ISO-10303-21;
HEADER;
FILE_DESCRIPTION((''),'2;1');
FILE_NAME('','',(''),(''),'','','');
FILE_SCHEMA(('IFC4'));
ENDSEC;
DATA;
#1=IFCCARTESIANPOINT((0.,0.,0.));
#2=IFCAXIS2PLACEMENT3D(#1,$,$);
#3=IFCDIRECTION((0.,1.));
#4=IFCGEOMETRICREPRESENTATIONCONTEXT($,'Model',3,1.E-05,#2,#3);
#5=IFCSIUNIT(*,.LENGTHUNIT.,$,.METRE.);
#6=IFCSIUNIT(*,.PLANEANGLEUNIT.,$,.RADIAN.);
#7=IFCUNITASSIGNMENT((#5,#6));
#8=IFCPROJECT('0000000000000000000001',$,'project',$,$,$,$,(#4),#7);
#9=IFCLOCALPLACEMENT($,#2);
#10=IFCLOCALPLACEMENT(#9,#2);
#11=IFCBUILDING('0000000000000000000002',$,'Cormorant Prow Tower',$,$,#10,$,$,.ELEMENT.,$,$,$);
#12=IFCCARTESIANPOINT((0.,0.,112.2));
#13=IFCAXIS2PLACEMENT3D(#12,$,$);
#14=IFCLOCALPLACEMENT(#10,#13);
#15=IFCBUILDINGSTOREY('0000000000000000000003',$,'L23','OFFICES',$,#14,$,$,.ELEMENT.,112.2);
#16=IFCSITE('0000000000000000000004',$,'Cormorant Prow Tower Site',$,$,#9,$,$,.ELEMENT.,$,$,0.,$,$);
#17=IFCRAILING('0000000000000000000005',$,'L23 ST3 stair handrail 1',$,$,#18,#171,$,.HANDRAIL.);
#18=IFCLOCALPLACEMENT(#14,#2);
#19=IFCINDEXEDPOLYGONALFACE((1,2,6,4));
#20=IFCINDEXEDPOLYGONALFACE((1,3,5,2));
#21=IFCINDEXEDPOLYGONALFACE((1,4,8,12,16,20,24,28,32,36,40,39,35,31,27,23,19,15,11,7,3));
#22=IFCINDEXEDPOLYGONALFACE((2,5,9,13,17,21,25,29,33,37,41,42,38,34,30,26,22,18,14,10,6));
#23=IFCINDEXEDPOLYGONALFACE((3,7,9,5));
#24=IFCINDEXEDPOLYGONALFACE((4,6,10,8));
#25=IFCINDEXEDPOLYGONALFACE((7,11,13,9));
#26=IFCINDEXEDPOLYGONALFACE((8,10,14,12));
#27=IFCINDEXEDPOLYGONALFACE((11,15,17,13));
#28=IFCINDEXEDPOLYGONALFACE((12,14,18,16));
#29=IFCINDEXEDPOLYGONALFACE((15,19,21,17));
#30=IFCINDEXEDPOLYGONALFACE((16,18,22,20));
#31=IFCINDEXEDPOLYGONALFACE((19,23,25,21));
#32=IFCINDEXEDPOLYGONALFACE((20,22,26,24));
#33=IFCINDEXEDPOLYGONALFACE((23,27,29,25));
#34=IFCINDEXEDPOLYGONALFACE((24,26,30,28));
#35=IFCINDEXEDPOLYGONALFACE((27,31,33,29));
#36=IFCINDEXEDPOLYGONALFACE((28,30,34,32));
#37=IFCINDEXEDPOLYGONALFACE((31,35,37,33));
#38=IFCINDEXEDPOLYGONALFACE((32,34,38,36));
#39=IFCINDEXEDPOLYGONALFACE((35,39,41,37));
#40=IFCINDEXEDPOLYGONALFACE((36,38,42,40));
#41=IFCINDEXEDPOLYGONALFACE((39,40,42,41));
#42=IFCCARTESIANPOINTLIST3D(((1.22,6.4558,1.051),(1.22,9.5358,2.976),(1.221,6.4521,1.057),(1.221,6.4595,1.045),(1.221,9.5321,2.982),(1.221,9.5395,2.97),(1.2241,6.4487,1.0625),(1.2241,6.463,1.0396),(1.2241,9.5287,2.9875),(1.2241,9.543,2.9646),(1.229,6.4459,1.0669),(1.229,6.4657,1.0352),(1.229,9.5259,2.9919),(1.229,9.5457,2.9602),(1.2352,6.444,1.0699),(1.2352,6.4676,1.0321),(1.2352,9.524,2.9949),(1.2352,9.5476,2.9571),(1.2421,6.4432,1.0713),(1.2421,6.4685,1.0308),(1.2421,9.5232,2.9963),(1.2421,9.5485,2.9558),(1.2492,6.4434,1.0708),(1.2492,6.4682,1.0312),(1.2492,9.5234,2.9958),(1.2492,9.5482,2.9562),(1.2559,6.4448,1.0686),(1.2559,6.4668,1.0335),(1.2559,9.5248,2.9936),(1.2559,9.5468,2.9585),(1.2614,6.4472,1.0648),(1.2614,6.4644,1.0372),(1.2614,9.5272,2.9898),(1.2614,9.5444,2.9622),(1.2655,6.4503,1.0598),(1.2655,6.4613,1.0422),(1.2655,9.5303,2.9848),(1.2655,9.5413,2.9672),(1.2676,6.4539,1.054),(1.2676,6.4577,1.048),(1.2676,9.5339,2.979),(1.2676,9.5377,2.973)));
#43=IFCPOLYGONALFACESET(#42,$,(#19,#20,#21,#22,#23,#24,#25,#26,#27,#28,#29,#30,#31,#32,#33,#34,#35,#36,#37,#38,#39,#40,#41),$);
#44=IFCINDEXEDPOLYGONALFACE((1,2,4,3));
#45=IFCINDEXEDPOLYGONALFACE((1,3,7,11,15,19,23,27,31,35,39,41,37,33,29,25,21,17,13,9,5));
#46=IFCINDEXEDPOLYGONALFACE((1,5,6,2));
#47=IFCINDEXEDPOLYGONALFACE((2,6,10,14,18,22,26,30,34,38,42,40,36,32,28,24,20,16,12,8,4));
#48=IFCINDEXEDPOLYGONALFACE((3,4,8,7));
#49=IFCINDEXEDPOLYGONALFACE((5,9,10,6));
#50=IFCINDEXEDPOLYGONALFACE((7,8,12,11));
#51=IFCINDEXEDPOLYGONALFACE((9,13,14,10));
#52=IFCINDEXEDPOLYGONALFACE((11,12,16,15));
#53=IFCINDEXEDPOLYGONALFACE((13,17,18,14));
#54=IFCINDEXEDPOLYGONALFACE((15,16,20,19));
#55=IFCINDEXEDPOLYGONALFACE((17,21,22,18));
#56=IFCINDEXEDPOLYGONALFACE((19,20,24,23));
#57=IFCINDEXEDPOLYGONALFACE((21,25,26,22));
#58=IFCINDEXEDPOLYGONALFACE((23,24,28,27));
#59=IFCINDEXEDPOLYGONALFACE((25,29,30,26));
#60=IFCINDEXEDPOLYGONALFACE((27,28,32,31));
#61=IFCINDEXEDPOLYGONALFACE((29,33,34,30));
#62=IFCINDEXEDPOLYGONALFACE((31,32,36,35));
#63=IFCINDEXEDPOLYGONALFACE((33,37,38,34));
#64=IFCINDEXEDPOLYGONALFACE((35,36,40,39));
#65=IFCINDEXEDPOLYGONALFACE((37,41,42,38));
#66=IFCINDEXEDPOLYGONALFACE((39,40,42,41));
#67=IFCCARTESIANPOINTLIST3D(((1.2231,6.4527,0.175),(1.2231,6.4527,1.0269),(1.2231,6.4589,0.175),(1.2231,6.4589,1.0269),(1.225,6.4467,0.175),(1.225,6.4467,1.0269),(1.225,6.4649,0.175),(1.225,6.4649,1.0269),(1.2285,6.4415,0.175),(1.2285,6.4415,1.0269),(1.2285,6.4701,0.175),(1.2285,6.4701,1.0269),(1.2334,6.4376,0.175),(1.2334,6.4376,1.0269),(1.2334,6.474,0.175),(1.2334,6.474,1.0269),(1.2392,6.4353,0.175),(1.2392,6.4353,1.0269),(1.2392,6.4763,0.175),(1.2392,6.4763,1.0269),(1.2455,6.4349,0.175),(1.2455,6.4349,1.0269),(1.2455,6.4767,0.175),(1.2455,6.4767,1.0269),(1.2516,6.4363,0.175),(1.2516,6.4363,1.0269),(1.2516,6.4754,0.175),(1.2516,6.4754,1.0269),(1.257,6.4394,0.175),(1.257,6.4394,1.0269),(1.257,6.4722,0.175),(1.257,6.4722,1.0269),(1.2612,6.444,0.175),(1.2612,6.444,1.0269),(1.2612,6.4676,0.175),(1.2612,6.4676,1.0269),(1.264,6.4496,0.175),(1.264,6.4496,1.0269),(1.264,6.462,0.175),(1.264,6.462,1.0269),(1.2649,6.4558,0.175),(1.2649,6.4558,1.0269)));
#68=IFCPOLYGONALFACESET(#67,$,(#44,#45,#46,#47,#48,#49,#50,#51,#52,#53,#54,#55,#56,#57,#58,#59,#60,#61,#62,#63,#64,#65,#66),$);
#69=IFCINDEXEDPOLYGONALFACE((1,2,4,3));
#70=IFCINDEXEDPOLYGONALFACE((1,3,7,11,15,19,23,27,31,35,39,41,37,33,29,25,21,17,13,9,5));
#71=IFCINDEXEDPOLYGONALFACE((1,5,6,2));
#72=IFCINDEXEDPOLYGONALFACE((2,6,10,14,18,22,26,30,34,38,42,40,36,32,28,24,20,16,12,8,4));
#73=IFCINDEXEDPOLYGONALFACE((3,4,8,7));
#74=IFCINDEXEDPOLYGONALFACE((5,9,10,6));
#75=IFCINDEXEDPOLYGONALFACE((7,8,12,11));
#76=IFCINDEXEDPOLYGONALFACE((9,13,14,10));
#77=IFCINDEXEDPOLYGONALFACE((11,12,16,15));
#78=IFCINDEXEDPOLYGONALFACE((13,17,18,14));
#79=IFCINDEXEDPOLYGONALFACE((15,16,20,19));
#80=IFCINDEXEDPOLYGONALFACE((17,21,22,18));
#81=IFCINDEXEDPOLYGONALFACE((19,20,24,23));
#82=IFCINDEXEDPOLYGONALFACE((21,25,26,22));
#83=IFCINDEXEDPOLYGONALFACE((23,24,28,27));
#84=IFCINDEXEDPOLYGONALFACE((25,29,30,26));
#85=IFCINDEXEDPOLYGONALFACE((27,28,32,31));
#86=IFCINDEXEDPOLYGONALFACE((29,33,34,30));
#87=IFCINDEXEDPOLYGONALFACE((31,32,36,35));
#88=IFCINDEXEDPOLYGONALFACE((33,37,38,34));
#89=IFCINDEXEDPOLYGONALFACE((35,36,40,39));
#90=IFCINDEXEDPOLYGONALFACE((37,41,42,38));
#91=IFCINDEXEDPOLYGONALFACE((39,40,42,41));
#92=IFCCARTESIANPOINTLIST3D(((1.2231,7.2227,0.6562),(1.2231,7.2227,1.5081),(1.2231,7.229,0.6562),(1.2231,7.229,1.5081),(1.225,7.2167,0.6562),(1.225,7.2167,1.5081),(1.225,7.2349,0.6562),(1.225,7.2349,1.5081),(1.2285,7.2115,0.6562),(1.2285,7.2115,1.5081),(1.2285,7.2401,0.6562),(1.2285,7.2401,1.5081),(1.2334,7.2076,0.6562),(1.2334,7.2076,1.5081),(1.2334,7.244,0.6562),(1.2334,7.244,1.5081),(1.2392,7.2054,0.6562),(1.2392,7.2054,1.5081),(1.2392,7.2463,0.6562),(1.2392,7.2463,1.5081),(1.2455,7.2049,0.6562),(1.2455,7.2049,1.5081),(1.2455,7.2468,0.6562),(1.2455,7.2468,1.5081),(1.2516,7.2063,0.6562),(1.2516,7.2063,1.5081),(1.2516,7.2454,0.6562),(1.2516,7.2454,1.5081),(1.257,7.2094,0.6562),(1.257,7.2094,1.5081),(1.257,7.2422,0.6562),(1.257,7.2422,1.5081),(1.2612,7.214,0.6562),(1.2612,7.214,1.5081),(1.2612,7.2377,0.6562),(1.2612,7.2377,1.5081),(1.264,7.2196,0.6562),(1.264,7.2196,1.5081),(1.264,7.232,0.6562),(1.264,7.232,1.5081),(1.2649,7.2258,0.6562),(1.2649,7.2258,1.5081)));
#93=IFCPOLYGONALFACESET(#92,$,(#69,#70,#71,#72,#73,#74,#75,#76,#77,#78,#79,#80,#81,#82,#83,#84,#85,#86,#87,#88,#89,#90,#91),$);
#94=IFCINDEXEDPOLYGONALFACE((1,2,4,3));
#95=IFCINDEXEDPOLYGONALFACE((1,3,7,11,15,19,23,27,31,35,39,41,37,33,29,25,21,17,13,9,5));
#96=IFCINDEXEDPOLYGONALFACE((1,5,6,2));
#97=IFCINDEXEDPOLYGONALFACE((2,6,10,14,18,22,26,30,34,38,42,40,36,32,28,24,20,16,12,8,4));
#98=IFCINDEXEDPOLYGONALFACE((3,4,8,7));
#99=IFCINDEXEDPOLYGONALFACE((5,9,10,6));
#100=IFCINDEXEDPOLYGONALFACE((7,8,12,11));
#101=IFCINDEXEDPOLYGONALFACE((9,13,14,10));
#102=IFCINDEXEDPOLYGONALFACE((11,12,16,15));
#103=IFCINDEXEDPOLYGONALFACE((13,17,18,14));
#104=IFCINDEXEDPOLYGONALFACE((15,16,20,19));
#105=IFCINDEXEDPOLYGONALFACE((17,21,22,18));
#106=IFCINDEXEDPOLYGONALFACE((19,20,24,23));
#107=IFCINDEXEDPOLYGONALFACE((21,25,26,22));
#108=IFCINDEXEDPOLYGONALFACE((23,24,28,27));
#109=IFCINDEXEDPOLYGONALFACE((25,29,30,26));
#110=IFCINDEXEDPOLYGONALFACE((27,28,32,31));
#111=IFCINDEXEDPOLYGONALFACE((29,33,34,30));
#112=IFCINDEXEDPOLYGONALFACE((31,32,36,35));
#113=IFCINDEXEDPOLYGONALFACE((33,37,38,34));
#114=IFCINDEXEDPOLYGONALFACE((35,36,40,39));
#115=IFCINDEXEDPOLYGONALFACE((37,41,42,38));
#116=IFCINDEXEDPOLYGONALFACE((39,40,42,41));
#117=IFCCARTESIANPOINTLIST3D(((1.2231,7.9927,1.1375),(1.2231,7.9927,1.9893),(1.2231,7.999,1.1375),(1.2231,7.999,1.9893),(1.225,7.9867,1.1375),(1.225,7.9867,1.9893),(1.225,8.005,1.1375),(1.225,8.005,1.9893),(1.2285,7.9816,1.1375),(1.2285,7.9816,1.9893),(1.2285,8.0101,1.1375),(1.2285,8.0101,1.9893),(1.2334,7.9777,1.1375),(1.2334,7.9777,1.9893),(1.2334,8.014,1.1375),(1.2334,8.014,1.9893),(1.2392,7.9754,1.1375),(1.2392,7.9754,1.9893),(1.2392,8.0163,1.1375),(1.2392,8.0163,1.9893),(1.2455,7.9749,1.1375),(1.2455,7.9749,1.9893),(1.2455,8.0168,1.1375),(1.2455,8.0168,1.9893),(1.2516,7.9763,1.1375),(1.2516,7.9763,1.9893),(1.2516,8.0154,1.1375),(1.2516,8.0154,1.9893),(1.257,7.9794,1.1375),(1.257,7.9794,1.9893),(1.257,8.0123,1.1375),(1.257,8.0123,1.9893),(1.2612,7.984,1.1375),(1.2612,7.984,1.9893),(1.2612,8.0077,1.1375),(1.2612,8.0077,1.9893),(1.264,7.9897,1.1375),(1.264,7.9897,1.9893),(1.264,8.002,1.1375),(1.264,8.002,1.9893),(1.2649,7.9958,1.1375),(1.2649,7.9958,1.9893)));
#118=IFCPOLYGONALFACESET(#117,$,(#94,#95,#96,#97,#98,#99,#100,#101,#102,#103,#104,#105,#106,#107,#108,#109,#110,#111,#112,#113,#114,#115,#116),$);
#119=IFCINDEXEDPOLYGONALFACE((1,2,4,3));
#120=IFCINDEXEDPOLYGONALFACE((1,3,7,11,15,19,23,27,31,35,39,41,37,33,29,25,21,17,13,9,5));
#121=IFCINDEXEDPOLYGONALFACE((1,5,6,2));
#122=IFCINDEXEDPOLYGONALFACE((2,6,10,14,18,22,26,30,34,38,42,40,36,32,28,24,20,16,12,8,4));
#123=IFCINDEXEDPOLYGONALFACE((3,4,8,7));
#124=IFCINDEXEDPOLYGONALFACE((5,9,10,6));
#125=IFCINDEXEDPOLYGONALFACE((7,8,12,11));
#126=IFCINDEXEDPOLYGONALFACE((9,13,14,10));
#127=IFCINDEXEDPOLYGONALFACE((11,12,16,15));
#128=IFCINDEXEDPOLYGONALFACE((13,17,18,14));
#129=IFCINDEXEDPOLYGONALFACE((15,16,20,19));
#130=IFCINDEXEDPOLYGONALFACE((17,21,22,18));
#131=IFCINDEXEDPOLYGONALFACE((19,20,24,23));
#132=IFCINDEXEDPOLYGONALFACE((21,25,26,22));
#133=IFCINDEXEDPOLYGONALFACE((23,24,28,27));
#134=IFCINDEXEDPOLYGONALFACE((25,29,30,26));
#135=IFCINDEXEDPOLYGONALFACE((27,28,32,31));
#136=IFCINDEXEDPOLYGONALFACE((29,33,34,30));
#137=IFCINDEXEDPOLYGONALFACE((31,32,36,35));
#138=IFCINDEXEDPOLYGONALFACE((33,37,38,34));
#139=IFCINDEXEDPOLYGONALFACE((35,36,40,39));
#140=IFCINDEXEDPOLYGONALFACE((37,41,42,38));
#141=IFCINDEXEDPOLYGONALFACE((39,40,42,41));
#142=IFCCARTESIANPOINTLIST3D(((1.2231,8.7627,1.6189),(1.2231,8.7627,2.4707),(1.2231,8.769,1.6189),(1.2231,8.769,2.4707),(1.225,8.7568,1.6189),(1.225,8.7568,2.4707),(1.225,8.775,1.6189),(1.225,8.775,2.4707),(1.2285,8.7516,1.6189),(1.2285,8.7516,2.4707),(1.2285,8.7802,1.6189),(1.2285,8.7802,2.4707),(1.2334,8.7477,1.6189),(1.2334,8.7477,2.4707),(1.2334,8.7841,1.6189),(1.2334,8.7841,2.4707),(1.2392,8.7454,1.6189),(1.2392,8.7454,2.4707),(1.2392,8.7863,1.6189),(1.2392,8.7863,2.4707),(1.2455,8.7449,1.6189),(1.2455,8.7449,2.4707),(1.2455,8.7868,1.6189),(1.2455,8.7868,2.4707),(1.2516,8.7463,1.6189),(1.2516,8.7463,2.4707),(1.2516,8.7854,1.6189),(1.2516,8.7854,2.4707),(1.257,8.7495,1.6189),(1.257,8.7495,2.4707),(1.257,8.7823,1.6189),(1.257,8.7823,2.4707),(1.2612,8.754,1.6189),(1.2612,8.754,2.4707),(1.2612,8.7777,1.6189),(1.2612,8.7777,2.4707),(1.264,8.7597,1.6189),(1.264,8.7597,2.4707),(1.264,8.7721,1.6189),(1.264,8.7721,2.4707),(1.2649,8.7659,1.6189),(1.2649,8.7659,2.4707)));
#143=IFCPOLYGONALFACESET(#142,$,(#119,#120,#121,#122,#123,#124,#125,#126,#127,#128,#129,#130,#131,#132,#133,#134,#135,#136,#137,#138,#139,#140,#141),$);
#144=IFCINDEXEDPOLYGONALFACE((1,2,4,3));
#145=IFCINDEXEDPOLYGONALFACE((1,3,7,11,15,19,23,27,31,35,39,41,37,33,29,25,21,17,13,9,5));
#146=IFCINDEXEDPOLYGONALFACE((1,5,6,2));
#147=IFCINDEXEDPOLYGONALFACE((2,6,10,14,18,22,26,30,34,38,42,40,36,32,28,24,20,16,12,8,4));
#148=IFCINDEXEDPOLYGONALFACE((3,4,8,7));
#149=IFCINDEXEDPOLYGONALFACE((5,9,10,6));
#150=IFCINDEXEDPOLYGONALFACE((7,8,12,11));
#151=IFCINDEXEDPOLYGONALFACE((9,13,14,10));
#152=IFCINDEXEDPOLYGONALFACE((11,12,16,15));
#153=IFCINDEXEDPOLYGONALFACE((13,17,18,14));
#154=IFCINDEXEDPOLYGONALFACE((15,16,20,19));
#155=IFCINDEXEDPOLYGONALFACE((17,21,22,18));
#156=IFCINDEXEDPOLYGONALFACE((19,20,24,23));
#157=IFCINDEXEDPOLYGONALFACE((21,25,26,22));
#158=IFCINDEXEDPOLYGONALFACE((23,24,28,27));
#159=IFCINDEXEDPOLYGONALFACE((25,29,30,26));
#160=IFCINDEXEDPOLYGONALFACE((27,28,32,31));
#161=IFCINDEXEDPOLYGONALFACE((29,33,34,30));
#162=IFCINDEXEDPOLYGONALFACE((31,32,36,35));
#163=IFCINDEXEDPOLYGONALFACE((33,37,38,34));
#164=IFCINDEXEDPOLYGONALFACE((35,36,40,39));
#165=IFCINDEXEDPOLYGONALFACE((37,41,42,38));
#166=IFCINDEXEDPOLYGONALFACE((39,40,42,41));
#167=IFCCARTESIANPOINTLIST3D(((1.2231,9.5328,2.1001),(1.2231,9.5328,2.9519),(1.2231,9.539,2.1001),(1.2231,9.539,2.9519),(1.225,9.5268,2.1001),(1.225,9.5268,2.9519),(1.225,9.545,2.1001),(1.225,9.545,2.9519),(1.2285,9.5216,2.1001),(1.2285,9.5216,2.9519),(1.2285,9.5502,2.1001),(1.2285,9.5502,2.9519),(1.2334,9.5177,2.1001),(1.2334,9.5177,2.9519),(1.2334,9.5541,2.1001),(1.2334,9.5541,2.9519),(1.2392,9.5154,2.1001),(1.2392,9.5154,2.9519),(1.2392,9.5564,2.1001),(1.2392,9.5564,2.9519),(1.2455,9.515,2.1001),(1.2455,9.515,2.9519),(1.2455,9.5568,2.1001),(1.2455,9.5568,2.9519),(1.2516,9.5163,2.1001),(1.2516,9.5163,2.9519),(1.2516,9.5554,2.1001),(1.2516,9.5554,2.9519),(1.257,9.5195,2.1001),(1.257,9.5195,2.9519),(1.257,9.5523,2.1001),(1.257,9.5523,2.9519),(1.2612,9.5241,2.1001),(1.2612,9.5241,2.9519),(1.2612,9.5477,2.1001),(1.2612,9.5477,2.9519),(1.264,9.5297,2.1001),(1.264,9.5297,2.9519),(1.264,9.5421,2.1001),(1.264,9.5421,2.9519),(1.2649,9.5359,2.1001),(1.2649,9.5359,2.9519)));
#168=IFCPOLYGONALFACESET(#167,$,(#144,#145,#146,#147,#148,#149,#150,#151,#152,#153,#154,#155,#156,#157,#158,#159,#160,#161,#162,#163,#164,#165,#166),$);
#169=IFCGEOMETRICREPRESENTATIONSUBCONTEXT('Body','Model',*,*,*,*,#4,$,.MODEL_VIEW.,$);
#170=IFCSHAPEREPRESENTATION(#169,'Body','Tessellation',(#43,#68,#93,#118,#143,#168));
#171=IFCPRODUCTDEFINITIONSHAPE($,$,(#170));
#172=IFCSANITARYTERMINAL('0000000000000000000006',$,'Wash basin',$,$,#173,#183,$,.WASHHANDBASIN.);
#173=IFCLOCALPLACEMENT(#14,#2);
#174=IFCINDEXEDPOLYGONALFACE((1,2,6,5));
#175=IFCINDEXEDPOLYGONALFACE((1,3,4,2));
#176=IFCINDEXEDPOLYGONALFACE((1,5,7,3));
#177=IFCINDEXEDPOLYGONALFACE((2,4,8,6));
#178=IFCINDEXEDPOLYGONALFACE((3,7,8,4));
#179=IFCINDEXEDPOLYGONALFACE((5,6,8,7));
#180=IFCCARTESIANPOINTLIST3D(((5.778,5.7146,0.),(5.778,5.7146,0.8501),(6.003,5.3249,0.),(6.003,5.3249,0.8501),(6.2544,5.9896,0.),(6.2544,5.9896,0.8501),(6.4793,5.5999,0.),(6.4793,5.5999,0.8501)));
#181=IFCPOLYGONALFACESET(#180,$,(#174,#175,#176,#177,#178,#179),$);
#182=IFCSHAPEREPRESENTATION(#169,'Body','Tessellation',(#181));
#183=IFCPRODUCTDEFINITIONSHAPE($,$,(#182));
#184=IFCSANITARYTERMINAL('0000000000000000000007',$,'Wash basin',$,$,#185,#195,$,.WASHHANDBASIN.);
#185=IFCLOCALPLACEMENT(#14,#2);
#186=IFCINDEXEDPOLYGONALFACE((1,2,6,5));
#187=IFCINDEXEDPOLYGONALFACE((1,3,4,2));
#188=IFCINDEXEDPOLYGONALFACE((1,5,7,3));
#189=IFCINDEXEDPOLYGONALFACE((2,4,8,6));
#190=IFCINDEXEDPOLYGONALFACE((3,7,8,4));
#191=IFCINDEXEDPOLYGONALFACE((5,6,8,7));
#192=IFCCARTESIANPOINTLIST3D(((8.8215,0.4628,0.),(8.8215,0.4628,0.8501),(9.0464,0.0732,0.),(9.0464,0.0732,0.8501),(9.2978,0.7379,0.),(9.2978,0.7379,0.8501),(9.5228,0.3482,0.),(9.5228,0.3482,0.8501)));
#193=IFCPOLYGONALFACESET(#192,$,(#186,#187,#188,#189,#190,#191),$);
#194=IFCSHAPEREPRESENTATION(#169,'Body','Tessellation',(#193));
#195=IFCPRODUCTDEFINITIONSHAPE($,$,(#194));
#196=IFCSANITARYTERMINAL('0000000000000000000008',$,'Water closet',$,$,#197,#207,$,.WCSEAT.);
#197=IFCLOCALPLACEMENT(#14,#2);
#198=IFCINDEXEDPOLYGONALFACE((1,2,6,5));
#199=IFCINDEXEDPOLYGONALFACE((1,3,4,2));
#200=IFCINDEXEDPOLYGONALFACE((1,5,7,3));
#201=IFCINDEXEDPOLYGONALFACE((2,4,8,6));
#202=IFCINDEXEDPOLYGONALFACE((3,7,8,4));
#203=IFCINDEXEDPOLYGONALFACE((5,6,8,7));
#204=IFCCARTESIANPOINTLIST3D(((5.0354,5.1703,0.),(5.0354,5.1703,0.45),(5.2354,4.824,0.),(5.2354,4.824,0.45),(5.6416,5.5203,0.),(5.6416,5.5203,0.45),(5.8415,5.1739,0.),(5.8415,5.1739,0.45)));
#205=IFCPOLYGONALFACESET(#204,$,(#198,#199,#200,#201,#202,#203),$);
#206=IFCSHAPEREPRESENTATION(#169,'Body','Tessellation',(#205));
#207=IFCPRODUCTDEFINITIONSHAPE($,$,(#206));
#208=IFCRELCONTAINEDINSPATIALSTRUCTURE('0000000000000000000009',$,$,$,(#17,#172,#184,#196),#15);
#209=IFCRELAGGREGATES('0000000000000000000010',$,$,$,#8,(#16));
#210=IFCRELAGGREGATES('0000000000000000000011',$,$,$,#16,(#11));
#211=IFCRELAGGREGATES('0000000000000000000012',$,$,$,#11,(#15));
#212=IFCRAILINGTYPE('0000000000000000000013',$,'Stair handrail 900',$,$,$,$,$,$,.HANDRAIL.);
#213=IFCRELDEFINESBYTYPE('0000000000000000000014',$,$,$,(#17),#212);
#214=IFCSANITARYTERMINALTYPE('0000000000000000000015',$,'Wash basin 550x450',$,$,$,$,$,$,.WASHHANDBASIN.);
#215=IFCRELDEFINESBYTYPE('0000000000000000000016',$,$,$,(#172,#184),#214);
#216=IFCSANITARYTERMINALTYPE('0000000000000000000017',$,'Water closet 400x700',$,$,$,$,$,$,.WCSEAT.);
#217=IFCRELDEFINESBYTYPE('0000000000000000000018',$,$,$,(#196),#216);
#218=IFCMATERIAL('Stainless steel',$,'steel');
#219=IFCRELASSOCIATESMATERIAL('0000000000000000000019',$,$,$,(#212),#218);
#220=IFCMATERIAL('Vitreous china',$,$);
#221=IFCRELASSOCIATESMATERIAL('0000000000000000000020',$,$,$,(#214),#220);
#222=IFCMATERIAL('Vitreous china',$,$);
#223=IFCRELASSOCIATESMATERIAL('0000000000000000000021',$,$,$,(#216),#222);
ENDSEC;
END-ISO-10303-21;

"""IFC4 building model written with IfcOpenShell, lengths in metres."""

from ifc_helpers import new_model, si_unit, direction, frame, origin, origin_2d, place, context, subcontext, project, spatial, rectangle, circle, extrude, material, type_object, element, save


model = new_model("IFC4")

# Units and contexts
model_context = context("Model", 3, precision=1e-05, world=origin(), true_north=direction((0.0, 1.0)))
body_context = subcontext(model_context, "Body", "Model", "MODEL_VIEW")
ifc_project = project(units=[si_unit("LENGTHUNIT", "METRE"), si_unit("PLANEANGLEUNIT", "RADIAN")], contexts=[model_context])

# Site, building, storey
site_placement = place(None, origin())
site = spatial("IfcSite", under=ifc_project, at=site_placement, Name="Cormorant Prow Tower Site", CompositionType="ELEMENT", RefElevation=0.0)
building_placement = place(site_placement, origin())
building = spatial("IfcBuilding", under=site, at=building_placement, Name="Cormorant Prow Tower", CompositionType="ELEMENT")
storey_placement = place(building_placement, frame((0.0, 0.0, 112.2)))
storey = spatial("IfcBuildingStorey", under=building, at=storey_placement, Name="L23", Description="OFFICES", CompositionType="ELEMENT", Elevation=112.2)

# Railing
ifc_material_1 = material(Name="Stainless steel", Category="steel")
railing_type_1 = type_object("IfcRailingType", Name="Stair handrail 900", PredefinedType="HANDRAIL", material=ifc_material_1)
railing_1_placement = place(storey_placement, frame((1.2439, 6.4558, 0.175)))
element("IfcRailing", 1, at=railing_1_placement, inside=storey, type_object=railing_type_1, Name="L23 ST3 stair handrail 1", PredefinedType="HANDRAIL", context=body_context, shape_type="SweptSolid", body=[
    extrude(circle(Radius=0.0239, at=origin_2d()), frame((0.0, 0.0, 0.876), z_axis=(0.0, 0.847998, 0.529999), x_axis=(-1.0, 0.0, 0.0)), (0.0, 0.0, 1.0), 3.6321),
    extrude(circle(Radius=0.021, at=origin_2d()), origin(), (0.0, 0.0, 1.0), 0.8518),
    extrude(circle(Radius=0.021, at=origin_2d()), frame((0.0, 0.77, 0.4812)), (0.0, 0.0, 1.0), 0.8518),
    extrude(circle(Radius=0.021, at=origin_2d()), frame((0.0, 1.54, 0.9624)), (0.0, 0.0, 1.0), 0.8518),
    extrude(circle(Radius=0.021, at=origin_2d()), frame((0.0, 2.3101, 1.4438)), (0.0, 0.0, 1.0), 0.8518),
    extrude(circle(Radius=0.021, at=origin_2d()), frame((0.0, 3.0801, 1.925)), (0.0, 0.0, 1.0), 0.8518),
])

# Sanitary terminals
ifc_material_2 = material(Name="Vitreous china")
sanitary_terminal_type_1 = type_object("IfcSanitaryTerminalType", Name="Wash basin 550x450", PredefinedType="WASHHANDBASIN", material=ifc_material_2)
for number, where, z_axis, x_axis, name in (
    (2, (6.1287, 5.6572, 0.0), (0.0, 0.0, 1.0), (-0.866034, -0.499985, 0.0), "Wash basin"),
    (3, (9.1721, 0.4055, 0.0), (0.0, 0.0, 1.0), (0.866034, 0.499985, 0.0), "Wash basin"),
):
    element("IfcSanitaryTerminal", number, at=place(storey_placement, frame(where, z_axis=z_axis, x_axis=x_axis)), inside=storey, type_object=sanitary_terminal_type_1, Name=name, PredefinedType="WASHHANDBASIN", context=body_context, shape_type="SweptSolid", body=[
        extrude(rectangle(XDim=0.55, YDim=0.45, at=origin_2d()), origin(), (0.0, 0.0, 1.0), 0.8501),
    ])
ifc_material_3 = material(Name="Vitreous china")
sanitary_terminal_type_2 = type_object("IfcSanitaryTerminalType", Name="Water closet 400x700", PredefinedType="WCSEAT", material=ifc_material_3)
sanitary_terminal_placement = place(storey_placement, frame((5.4385, 5.1721, 0.0), z_axis=(0.0, 0.0, 1.0), x_axis=(0.5, -0.866025, 0.0)))
element("IfcSanitaryTerminal", 4, at=sanitary_terminal_placement, inside=storey, type_object=sanitary_terminal_type_2, Name="Water closet", PredefinedType="WCSEAT", context=body_context, shape_type="SweptSolid", body=[
    extrude(rectangle(XDim=0.3999, YDim=0.7, at=origin_2d()), origin(), (0.0, 0.0, 1.0), 0.45),
])

save(model, "model.ifc")
